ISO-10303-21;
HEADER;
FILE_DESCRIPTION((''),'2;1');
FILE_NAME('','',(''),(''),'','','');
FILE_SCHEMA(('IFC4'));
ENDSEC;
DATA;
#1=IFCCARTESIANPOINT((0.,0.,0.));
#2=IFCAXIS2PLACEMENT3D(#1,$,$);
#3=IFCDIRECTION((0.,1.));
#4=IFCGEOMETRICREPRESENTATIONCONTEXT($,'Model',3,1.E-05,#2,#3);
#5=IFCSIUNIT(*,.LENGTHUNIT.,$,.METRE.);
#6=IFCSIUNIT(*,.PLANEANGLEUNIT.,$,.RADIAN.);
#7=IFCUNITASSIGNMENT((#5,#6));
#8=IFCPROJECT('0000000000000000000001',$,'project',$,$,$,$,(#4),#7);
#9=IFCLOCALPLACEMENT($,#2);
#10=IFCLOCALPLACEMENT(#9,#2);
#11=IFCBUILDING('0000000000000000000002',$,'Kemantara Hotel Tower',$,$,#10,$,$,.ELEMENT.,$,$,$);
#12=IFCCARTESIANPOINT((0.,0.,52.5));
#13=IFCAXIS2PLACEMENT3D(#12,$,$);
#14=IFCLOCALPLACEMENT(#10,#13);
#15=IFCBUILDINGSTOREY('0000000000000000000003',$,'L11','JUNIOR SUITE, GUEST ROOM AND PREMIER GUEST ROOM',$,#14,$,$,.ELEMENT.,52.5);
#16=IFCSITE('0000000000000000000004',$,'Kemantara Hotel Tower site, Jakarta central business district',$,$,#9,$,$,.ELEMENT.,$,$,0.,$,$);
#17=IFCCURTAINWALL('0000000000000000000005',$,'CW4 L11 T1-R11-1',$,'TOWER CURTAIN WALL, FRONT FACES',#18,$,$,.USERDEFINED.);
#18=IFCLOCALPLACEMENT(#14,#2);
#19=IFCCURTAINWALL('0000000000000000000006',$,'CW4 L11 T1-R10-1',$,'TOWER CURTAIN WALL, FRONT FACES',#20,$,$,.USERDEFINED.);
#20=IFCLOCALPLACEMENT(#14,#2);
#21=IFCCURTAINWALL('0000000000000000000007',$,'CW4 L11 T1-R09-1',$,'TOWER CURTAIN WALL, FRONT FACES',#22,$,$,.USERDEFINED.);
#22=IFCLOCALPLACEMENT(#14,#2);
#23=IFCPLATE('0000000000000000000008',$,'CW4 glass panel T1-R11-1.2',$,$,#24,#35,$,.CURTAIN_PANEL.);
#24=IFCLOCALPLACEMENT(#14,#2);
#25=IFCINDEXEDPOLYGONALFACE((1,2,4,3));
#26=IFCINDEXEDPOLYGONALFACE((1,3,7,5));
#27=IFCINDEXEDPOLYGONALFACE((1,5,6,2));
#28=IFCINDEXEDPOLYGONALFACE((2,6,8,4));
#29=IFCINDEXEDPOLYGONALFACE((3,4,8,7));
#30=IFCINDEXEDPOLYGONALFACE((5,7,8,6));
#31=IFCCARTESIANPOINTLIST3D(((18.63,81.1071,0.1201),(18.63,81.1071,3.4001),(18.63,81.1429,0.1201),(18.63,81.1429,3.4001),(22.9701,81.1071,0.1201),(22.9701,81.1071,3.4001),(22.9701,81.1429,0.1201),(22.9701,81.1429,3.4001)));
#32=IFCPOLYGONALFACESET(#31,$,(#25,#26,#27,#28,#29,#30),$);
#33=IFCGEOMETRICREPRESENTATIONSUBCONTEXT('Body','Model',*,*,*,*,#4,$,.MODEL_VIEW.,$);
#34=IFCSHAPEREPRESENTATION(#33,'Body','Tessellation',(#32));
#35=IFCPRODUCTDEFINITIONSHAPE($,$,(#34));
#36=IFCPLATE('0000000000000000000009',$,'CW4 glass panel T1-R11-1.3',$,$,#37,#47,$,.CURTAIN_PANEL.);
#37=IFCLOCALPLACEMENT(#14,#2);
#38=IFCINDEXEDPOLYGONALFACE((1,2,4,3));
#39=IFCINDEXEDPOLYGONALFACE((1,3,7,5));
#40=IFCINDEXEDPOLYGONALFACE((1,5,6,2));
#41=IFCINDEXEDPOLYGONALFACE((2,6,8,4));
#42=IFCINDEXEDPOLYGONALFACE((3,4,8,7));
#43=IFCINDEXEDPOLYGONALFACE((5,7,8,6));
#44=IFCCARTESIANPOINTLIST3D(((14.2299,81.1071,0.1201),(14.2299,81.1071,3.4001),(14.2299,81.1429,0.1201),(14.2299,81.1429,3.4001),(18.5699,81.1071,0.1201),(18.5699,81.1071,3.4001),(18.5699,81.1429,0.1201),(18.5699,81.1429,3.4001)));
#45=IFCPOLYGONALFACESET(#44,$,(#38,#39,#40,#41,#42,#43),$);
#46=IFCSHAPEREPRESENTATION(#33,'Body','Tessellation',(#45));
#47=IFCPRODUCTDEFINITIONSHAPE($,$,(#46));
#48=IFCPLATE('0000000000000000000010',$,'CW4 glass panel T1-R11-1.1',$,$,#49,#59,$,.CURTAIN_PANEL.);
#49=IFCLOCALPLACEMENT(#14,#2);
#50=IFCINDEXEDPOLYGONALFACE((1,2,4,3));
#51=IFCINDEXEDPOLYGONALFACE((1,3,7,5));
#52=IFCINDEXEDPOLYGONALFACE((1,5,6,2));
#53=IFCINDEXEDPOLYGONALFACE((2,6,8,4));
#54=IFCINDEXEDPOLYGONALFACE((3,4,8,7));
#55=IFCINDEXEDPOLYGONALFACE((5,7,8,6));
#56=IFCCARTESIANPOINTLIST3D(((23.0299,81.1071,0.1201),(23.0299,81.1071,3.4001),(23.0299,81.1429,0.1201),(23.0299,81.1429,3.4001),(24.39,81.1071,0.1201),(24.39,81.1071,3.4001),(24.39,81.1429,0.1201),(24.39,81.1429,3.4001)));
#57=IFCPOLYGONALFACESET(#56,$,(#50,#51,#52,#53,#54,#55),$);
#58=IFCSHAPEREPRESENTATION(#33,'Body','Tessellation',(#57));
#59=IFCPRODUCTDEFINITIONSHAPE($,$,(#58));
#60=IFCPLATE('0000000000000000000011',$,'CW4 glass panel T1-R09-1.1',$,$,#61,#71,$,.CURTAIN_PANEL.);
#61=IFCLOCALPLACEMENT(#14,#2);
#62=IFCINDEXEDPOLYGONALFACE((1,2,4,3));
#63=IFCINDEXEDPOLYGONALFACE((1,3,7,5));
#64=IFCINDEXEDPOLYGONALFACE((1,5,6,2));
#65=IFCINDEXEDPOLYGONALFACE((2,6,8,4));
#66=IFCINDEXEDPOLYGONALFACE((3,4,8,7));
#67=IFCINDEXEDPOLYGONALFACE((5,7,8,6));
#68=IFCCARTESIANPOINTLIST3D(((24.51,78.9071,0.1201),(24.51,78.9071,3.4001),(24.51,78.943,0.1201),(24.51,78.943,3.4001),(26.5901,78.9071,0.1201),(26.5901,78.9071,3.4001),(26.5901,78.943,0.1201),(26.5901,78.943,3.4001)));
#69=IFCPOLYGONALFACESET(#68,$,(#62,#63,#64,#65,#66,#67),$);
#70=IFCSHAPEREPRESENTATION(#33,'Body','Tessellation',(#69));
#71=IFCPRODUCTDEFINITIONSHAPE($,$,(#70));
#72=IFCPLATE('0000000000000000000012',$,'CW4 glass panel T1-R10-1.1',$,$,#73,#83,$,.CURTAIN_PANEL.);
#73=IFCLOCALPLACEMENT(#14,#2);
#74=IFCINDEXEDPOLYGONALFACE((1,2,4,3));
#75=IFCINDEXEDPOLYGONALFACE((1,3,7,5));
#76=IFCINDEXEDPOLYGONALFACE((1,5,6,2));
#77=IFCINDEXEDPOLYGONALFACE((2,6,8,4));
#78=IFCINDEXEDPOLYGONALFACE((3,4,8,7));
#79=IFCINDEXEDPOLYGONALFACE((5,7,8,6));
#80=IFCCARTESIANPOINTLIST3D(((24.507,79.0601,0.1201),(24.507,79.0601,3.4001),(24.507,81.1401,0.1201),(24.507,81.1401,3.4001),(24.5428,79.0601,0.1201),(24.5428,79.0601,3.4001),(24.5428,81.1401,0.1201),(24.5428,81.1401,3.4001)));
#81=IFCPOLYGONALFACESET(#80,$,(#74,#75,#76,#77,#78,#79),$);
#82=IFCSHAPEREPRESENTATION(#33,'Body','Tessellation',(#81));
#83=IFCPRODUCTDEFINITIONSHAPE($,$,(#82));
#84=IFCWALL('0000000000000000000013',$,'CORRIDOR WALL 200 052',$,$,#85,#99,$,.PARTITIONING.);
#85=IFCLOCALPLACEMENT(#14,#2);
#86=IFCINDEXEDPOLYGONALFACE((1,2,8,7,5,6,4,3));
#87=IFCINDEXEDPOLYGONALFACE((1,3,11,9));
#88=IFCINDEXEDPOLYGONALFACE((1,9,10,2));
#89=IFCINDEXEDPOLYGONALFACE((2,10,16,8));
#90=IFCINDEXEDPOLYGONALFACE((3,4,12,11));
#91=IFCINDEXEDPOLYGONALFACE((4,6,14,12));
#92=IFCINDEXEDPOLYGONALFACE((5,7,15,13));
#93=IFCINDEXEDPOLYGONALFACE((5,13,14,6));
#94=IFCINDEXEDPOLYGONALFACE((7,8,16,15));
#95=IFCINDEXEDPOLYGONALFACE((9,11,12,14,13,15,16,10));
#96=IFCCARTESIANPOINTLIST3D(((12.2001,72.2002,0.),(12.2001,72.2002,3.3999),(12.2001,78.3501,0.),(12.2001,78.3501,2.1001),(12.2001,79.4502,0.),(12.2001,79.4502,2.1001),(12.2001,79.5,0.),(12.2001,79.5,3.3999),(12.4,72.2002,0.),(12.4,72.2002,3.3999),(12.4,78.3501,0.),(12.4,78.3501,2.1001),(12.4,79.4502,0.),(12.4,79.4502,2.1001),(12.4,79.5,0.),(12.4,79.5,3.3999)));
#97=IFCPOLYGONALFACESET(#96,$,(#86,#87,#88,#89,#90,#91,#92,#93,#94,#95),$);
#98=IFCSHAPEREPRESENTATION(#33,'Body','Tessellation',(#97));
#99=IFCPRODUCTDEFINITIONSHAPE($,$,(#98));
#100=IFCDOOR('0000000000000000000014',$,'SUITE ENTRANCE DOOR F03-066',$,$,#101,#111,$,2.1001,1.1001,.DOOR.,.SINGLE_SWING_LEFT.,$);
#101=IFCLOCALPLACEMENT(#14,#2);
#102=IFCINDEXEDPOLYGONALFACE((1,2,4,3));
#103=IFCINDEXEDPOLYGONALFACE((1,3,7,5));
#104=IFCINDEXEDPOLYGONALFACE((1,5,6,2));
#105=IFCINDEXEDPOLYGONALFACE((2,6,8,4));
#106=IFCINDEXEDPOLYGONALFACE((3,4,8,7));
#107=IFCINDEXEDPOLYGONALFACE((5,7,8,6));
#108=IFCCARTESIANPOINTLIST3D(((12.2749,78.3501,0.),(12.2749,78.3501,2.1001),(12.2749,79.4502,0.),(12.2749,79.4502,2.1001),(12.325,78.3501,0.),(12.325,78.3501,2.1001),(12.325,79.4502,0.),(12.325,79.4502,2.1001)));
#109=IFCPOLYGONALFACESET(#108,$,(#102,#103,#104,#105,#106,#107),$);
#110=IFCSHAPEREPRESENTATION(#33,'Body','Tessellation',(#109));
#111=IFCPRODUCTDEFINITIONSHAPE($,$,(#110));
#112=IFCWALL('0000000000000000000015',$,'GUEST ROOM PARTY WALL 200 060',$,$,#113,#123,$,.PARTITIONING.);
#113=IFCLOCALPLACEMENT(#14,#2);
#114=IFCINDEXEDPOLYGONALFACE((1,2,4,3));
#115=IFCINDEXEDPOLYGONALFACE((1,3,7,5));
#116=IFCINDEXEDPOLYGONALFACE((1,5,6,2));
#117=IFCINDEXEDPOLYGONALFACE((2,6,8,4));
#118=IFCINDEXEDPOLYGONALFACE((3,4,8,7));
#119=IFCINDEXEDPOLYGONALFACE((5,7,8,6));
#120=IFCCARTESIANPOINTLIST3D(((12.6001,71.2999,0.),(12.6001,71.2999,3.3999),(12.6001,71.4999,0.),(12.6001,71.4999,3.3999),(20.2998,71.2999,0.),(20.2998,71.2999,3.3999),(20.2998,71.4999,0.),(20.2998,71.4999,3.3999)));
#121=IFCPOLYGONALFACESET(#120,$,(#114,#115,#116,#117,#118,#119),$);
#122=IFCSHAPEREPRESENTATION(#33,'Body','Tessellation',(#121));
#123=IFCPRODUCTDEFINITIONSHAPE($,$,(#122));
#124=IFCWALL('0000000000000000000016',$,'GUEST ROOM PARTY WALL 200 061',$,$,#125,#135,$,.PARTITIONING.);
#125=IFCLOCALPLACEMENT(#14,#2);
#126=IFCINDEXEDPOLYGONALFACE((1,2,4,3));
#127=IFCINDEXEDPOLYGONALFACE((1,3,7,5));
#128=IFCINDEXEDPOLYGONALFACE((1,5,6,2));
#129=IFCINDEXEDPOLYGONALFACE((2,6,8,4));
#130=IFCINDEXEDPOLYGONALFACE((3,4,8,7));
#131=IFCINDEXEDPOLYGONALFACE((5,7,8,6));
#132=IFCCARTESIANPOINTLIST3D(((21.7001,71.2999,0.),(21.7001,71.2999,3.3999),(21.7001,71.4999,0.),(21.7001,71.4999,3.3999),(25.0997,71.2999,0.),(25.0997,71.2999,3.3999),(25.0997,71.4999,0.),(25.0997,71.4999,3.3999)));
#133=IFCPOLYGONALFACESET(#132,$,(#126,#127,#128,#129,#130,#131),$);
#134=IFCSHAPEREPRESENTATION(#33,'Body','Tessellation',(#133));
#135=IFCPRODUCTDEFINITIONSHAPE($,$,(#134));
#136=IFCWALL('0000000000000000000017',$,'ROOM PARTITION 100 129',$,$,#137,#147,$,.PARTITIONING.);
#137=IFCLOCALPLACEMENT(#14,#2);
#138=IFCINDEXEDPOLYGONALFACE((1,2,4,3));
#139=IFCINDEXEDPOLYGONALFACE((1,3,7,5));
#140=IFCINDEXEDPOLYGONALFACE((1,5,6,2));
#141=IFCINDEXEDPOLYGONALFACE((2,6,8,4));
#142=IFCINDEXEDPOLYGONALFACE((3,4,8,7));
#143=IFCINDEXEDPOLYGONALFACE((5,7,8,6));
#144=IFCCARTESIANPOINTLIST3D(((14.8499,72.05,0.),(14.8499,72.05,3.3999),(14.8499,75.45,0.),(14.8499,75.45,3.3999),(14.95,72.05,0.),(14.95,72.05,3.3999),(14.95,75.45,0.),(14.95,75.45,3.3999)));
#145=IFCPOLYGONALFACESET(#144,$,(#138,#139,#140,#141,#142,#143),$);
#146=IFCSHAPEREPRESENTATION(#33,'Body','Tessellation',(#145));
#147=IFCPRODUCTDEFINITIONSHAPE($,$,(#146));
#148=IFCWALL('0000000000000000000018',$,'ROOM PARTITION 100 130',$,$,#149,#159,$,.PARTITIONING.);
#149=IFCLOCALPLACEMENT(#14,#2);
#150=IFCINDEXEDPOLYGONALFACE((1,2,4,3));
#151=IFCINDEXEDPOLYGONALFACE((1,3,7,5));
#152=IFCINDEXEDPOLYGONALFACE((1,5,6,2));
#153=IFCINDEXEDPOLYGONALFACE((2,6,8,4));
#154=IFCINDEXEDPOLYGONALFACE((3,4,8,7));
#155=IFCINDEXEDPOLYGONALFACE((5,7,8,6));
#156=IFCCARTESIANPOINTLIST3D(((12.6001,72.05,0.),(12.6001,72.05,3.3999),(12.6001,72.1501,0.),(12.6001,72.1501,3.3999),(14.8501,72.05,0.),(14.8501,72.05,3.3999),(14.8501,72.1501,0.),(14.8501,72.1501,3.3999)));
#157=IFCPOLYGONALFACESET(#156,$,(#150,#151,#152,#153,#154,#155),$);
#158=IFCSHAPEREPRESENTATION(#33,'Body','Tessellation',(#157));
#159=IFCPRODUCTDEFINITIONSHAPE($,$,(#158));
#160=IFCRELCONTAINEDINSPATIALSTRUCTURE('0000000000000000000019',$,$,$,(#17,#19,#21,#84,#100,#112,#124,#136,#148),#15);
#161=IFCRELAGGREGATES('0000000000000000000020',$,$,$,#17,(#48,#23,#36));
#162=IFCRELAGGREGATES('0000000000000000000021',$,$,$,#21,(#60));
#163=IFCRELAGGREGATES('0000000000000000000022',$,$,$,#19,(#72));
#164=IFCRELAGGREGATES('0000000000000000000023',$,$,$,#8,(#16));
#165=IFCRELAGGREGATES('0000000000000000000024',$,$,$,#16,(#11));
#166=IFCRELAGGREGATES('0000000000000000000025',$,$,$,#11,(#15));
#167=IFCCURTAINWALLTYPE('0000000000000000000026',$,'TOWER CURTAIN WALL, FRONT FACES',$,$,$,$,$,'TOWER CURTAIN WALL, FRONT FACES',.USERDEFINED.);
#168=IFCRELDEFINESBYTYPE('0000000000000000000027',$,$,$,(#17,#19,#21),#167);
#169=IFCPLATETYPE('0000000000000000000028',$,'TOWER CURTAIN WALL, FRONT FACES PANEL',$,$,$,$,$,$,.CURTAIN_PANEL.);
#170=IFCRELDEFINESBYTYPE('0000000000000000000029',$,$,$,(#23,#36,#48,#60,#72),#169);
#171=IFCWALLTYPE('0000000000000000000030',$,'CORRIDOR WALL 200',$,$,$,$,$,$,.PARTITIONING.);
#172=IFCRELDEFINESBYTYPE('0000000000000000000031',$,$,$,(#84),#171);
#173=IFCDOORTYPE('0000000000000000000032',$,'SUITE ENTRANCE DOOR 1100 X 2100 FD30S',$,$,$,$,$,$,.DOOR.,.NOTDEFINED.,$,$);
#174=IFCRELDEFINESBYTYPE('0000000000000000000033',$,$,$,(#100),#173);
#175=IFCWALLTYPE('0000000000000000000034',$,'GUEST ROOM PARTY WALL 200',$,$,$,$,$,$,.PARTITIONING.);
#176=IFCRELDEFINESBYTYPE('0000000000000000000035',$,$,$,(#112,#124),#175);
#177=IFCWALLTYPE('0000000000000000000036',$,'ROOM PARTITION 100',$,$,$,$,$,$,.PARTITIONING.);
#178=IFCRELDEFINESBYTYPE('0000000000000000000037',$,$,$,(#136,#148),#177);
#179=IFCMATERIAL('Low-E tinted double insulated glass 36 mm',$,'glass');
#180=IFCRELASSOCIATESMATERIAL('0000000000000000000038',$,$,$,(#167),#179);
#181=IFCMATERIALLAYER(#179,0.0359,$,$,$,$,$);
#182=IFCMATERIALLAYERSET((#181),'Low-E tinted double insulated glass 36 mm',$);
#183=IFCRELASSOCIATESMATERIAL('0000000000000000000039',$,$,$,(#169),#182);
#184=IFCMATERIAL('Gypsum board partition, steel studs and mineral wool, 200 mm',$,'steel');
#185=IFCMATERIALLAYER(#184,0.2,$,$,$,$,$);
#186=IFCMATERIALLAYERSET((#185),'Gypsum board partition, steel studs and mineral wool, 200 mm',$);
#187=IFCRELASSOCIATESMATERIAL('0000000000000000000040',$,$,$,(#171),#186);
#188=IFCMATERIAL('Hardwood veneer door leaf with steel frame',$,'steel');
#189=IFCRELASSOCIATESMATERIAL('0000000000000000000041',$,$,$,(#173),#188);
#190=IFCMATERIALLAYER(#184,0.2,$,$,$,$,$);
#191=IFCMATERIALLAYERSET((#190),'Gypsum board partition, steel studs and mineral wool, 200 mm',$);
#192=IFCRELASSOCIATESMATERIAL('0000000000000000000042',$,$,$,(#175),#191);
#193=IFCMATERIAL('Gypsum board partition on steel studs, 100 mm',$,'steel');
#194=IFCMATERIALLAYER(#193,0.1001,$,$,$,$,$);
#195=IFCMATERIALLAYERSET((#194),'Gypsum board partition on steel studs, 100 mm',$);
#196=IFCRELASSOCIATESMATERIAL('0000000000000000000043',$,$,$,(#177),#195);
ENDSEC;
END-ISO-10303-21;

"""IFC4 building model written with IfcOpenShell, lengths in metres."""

from ifc_helpers import new_model, si_unit, direction, frame, frame_2d, origin, origin_2d, place, context, subcontext, project, spatial, rectangle, extrude, source, transform, mapped, material, layer, layer_set, type_object, element, fill, aggregate, save


model = new_model("IFC4")

# Units and contexts
model_context = context("Model", 3, precision=1e-05, world=origin(), true_north=direction((0.0, 1.0)))
body_context = subcontext(model_context, "Body", "Model", "MODEL_VIEW")
ifc_project = project(units=[si_unit("LENGTHUNIT", "METRE"), si_unit("PLANEANGLEUNIT", "RADIAN")], contexts=[model_context])

# Site, building, storey
site_placement = place(None, origin())
site = spatial("IfcSite", under=ifc_project, at=site_placement, Name="Kemantara Hotel Tower site, Jakarta central business district", CompositionType="ELEMENT", RefElevation=0.0)
building_placement = place(site_placement, origin())
building = spatial("IfcBuilding", under=site, at=building_placement, Name="Kemantara Hotel Tower", CompositionType="ELEMENT")
storey_placement = place(building_placement, frame((0.0, 0.0, 52.5)))
storey = spatial("IfcBuildingStorey", under=building, at=storey_placement, Name="L11", Description="JUNIOR SUITE, GUEST ROOM AND PREMIER GUEST ROOM", CompositionType="ELEMENT", Elevation=52.5)

# Curtain walls
ifc_material_1 = material(Name="Low-E tinted double insulated glass 36 mm", Category="glass")
curtain_wall_type = type_object("IfcCurtainWallType", Name="TOWER CURTAIN WALL, FRONT FACES", ElementType="TOWER CURTAIN WALL, FRONT FACES", PredefinedType="USERDEFINED", material=ifc_material_1)
curtain_wall_1_placement = place(storey_placement, origin())
curtain_wall_1 = element("IfcCurtainWall", 1, at=curtain_wall_1_placement, inside=storey, type_object=curtain_wall_type, Name="CW4 L11 T1-R11-1", ObjectType="TOWER CURTAIN WALL, FRONT FACES", PredefinedType="USERDEFINED")
curtain_wall_2_placement = place(storey_placement, origin())
curtain_wall_2 = element("IfcCurtainWall", 2, at=curtain_wall_2_placement, inside=storey, type_object=curtain_wall_type, Name="CW4 L11 T1-R10-1", ObjectType="TOWER CURTAIN WALL, FRONT FACES", PredefinedType="USERDEFINED")

# Curtain wall
curtain_wall_3_placement = place(storey_placement, origin())
curtain_wall_3 = element("IfcCurtainWall", 3, at=curtain_wall_3_placement, inside=storey, type_object=curtain_wall_type, Name="CW4 L11 T1-R09-1", ObjectType="TOWER CURTAIN WALL, FRONT FACES", PredefinedType="USERDEFINED")

# Plates
ifc_layer_1 = layer(ifc_material_1, 0.0359)
ifc_layer_set_1 = layer_set([ifc_layer_1], Name="Low-E tinted double insulated glass 36 mm")
plate_type = type_object("IfcPlateType", Name="TOWER CURTAIN WALL, FRONT FACES PANEL", PredefinedType="CURTAIN_PANEL", material=ifc_layer_set_1)
shared_shape_1 = source(origin(), body_context, "Body", "SweptSolid", [
    extrude(rectangle(XDim=4.3401, YDim=0.0359, at=origin_2d()), origin(), (0.0, 0.0, 1.0), 3.28),
])
plate_1_placement = place(storey_placement, frame((20.8, 81.125, 0.1201), z_axis=(0.0, 0.0, 1.0), x_axis=(-1.0, 0.0, 0.0)))
plate_1 = element("IfcPlate", 4, at=plate_1_placement, type_object=plate_type, Name="CW4 glass panel T1-R11-1.2", PredefinedType="CURTAIN_PANEL", context=body_context, shape_type="MappedRepresentation", body=[
    mapped(shared_shape_1, transform((0.0, 0.0, 0.0))),
])
plate_2_placement = place(storey_placement, frame((16.3999, 81.125, 0.1201), z_axis=(0.0, 0.0, 1.0), x_axis=(-1.0, 0.0, 0.0)))
plate_2 = element("IfcPlate", 5, at=plate_2_placement, type_object=plate_type, Name="CW4 glass panel T1-R11-1.3", PredefinedType="CURTAIN_PANEL", context=body_context, shape_type="MappedRepresentation", body=[
    mapped(shared_shape_1, transform((0.0, 0.0, 0.0))),
])
shared_shape_2 = source(origin(), body_context, "Body", "SweptSolid", [
    extrude(rectangle(XDim=1.3601, YDim=0.0359, at=origin_2d()), origin(), (0.0, 0.0, 1.0), 3.28),
])
plate_3_placement = place(storey_placement, frame((23.71, 81.125, 0.1201), z_axis=(0.0, 0.0, 1.0), x_axis=(-1.0, 0.0, 0.0)))
plate_3 = element("IfcPlate", 6, at=plate_3_placement, type_object=plate_type, Name="CW4 glass panel T1-R11-1.1", PredefinedType="CURTAIN_PANEL", context=body_context, shape_type="MappedRepresentation", body=[
    mapped(shared_shape_2, transform((0.0, 0.0, 0.0))),
])
aggregate(curtain_wall_1, [plate_3, plate_1, plate_2])
shared_shape_3 = source(origin(), body_context, "Body", "SweptSolid", [
    extrude(rectangle(XDim=2.0801, YDim=0.0359, at=origin_2d()), origin(), (0.0, 0.0, 1.0), 3.28),
])
plate_4_placement = place(storey_placement, frame((25.55, 78.925, 0.1201), z_axis=(0.0, 0.0, 1.0), x_axis=(-1.0, 0.0, 0.0)))
plate_4 = element("IfcPlate", 7, at=plate_4_placement, type_object=plate_type, Name="CW4 glass panel T1-R09-1.1", PredefinedType="CURTAIN_PANEL", context=body_context, shape_type="MappedRepresentation", body=[
    mapped(shared_shape_3, transform((0.0, 0.0, 0.0))),
])
aggregate(curtain_wall_3, [plate_4])
plate_5_placement = place(storey_placement, frame((24.5249, 80.1001, 0.1201), z_axis=(0.0, 0.0, 1.0), x_axis=(0.0, 1.0, 0.0)))
plate_5 = element("IfcPlate", 8, at=plate_5_placement, type_object=plate_type, Name="CW4 glass panel T1-R10-1.1", PredefinedType="CURTAIN_PANEL", context=body_context, shape_type="MappedRepresentation", body=[
    mapped(shared_shape_3, transform((0.0, 0.0, 0.0))),
])
aggregate(curtain_wall_2, [plate_5])

# Wall, opening, door
ifc_material_2 = material(Name="Gypsum board partition, steel studs and mineral wool, 200 mm", Category="steel")
ifc_layer_2 = layer(ifc_material_2, 0.2)
ifc_layer_set_2 = layer_set([ifc_layer_2], Name="Gypsum board partition, steel studs and mineral wool, 200 mm")
wall_type_1 = type_object("IfcWallType", Name="CORRIDOR WALL 200", PredefinedType="PARTITIONING", material=ifc_layer_set_2)
wall_1_placement = place(storey_placement, frame((12.3, 79.5, 0.0), z_axis=(0.0, 0.0, 1.0), x_axis=(0.0, -1.0, 0.0)))
wall_1 = element("IfcWall", 9, at=wall_1_placement, inside=storey, type_object=wall_type_1, Name="CORRIDOR WALL 200 052", PredefinedType="PARTITIONING", context=body_context, shape_type="SweptSolid", body=[
    extrude(rectangle(XDim=7.2998, YDim=0.2, at=frame_2d((3.6499, 0.0))), origin(), (0.0, 0.0, 1.0), 3.3999),
])
opening_1_placement = place(wall_1_placement, frame((0.0498, 0.0, 0.0)))
opening_1 = element("IfcOpeningElement", 10, at=opening_1_placement, cuts=wall_1, PredefinedType="OPENING", context=body_context, shape_type="SweptSolid", body=[
    extrude(rectangle(XDim=1.1001, YDim=2.1001, at=frame_2d((0.55, 1.05))), frame((0.0, 0.1099, 0.0), z_axis=(0.0, -1.0, 0.0), x_axis=(1.0, 0.0, 0.0)), (0.0, 0.0, 1.0), 0.22),
])
ifc_material_3 = material(Name="Hardwood veneer door leaf with steel frame", Category="steel")
door_type_1 = type_object("IfcDoorType", Name="SUITE ENTRANCE DOOR 1100 X 2100 FD30S", OperationType="NOTDEFINED", PredefinedType="DOOR", material=ifc_material_3)
door_1_placement = place(opening_1_placement, origin())
door_1 = element("IfcDoor", 11, at=door_1_placement, inside=storey, type_object=door_type_1, Name="SUITE ENTRANCE DOOR F03-066", OperationType="SINGLE_SWING_LEFT", OverallHeight=2.1001, OverallWidth=1.1001, PredefinedType="DOOR", context=body_context, shape_type="SweptSolid", body=[
    extrude(rectangle(XDim=1.1001, YDim=2.1001, at=frame_2d((0.55, 1.05))), frame((0.0, 0.0249, 0.0), z_axis=(0.0, -1.0, 0.0), x_axis=(1.0, 0.0, 0.0)), (0.0, 0.0, 1.0), 0.05),
])
fill(opening_1, door_1)

# Walls
ifc_layer_3 = layer(ifc_material_2, 0.2)
ifc_layer_set_3 = layer_set([ifc_layer_3], Name="Gypsum board partition, steel studs and mineral wool, 200 mm")
wall_type_2 = type_object("IfcWallType", Name="GUEST ROOM PARTY WALL 200", PredefinedType="PARTITIONING", material=ifc_layer_set_3)
wall_2_placement = place(storey_placement, frame((12.6001, 71.3999, 0.0), z_axis=(0.0, 0.0, 1.0), x_axis=(1.0, 0.0, 0.0)))
element("IfcWall", 12, at=wall_2_placement, inside=storey, type_object=wall_type_2, Name="GUEST ROOM PARTY WALL 200 060", PredefinedType="PARTITIONING", context=body_context, shape_type="SweptSolid", body=[
    extrude(rectangle(XDim=7.6997, YDim=0.2, at=frame_2d((3.8499, 0.0))), origin(), (0.0, 0.0, 1.0), 3.3999),
])
wall_3_placement = place(storey_placement, frame((21.7002, 71.3999, 0.0), z_axis=(0.0, 0.0, 1.0), x_axis=(1.0, 0.0, 0.0)))
element("IfcWall", 13, at=wall_3_placement, inside=storey, type_object=wall_type_2, Name="GUEST ROOM PARTY WALL 200 061", PredefinedType="PARTITIONING", context=body_context, shape_type="SweptSolid", body=[
    extrude(rectangle(XDim=3.3997, YDim=0.2, at=frame_2d((1.6997, 0.0))), origin(), (0.0, 0.0, 1.0), 3.3999),
])
ifc_material_4 = material(Name="Gypsum board partition on steel studs, 100 mm", Category="steel")
ifc_layer_4 = layer(ifc_material_4, 0.1001)
ifc_layer_set_4 = layer_set([ifc_layer_4], Name="Gypsum board partition on steel studs, 100 mm")
wall_type_3 = type_object("IfcWallType", Name="ROOM PARTITION 100", PredefinedType="PARTITIONING", material=ifc_layer_set_4)
wall_4_placement = place(storey_placement, frame((14.8999, 72.05, 0.0), z_axis=(0.0, 0.0, 1.0), x_axis=(0.0, 1.0, 0.0)))
element("IfcWall", 14, at=wall_4_placement, inside=storey, type_object=wall_type_3, Name="ROOM PARTITION 100 129", PredefinedType="PARTITIONING", context=body_context, shape_type="SweptSolid", body=[
    extrude(rectangle(XDim=3.3999, YDim=0.1001, at=frame_2d((1.7, 0.0))), origin(), (0.0, 0.0, 1.0), 3.3999),
])
wall_5_placement = place(storey_placement, frame((12.6001, 72.1001, 0.0), z_axis=(0.0, 0.0, 1.0), x_axis=(1.0, 0.0, 0.0)))
element("IfcWall", 15, at=wall_5_placement, inside=storey, type_object=wall_type_3, Name="ROOM PARTITION 100 130", PredefinedType="PARTITIONING", context=body_context, shape_type="SweptSolid", body=[
    extrude(rectangle(XDim=2.25, YDim=0.1001, at=frame_2d((1.125, 0.0))), origin(), (0.0, 0.0, 1.0), 3.3999),
])

save(model, "model.ifc")
